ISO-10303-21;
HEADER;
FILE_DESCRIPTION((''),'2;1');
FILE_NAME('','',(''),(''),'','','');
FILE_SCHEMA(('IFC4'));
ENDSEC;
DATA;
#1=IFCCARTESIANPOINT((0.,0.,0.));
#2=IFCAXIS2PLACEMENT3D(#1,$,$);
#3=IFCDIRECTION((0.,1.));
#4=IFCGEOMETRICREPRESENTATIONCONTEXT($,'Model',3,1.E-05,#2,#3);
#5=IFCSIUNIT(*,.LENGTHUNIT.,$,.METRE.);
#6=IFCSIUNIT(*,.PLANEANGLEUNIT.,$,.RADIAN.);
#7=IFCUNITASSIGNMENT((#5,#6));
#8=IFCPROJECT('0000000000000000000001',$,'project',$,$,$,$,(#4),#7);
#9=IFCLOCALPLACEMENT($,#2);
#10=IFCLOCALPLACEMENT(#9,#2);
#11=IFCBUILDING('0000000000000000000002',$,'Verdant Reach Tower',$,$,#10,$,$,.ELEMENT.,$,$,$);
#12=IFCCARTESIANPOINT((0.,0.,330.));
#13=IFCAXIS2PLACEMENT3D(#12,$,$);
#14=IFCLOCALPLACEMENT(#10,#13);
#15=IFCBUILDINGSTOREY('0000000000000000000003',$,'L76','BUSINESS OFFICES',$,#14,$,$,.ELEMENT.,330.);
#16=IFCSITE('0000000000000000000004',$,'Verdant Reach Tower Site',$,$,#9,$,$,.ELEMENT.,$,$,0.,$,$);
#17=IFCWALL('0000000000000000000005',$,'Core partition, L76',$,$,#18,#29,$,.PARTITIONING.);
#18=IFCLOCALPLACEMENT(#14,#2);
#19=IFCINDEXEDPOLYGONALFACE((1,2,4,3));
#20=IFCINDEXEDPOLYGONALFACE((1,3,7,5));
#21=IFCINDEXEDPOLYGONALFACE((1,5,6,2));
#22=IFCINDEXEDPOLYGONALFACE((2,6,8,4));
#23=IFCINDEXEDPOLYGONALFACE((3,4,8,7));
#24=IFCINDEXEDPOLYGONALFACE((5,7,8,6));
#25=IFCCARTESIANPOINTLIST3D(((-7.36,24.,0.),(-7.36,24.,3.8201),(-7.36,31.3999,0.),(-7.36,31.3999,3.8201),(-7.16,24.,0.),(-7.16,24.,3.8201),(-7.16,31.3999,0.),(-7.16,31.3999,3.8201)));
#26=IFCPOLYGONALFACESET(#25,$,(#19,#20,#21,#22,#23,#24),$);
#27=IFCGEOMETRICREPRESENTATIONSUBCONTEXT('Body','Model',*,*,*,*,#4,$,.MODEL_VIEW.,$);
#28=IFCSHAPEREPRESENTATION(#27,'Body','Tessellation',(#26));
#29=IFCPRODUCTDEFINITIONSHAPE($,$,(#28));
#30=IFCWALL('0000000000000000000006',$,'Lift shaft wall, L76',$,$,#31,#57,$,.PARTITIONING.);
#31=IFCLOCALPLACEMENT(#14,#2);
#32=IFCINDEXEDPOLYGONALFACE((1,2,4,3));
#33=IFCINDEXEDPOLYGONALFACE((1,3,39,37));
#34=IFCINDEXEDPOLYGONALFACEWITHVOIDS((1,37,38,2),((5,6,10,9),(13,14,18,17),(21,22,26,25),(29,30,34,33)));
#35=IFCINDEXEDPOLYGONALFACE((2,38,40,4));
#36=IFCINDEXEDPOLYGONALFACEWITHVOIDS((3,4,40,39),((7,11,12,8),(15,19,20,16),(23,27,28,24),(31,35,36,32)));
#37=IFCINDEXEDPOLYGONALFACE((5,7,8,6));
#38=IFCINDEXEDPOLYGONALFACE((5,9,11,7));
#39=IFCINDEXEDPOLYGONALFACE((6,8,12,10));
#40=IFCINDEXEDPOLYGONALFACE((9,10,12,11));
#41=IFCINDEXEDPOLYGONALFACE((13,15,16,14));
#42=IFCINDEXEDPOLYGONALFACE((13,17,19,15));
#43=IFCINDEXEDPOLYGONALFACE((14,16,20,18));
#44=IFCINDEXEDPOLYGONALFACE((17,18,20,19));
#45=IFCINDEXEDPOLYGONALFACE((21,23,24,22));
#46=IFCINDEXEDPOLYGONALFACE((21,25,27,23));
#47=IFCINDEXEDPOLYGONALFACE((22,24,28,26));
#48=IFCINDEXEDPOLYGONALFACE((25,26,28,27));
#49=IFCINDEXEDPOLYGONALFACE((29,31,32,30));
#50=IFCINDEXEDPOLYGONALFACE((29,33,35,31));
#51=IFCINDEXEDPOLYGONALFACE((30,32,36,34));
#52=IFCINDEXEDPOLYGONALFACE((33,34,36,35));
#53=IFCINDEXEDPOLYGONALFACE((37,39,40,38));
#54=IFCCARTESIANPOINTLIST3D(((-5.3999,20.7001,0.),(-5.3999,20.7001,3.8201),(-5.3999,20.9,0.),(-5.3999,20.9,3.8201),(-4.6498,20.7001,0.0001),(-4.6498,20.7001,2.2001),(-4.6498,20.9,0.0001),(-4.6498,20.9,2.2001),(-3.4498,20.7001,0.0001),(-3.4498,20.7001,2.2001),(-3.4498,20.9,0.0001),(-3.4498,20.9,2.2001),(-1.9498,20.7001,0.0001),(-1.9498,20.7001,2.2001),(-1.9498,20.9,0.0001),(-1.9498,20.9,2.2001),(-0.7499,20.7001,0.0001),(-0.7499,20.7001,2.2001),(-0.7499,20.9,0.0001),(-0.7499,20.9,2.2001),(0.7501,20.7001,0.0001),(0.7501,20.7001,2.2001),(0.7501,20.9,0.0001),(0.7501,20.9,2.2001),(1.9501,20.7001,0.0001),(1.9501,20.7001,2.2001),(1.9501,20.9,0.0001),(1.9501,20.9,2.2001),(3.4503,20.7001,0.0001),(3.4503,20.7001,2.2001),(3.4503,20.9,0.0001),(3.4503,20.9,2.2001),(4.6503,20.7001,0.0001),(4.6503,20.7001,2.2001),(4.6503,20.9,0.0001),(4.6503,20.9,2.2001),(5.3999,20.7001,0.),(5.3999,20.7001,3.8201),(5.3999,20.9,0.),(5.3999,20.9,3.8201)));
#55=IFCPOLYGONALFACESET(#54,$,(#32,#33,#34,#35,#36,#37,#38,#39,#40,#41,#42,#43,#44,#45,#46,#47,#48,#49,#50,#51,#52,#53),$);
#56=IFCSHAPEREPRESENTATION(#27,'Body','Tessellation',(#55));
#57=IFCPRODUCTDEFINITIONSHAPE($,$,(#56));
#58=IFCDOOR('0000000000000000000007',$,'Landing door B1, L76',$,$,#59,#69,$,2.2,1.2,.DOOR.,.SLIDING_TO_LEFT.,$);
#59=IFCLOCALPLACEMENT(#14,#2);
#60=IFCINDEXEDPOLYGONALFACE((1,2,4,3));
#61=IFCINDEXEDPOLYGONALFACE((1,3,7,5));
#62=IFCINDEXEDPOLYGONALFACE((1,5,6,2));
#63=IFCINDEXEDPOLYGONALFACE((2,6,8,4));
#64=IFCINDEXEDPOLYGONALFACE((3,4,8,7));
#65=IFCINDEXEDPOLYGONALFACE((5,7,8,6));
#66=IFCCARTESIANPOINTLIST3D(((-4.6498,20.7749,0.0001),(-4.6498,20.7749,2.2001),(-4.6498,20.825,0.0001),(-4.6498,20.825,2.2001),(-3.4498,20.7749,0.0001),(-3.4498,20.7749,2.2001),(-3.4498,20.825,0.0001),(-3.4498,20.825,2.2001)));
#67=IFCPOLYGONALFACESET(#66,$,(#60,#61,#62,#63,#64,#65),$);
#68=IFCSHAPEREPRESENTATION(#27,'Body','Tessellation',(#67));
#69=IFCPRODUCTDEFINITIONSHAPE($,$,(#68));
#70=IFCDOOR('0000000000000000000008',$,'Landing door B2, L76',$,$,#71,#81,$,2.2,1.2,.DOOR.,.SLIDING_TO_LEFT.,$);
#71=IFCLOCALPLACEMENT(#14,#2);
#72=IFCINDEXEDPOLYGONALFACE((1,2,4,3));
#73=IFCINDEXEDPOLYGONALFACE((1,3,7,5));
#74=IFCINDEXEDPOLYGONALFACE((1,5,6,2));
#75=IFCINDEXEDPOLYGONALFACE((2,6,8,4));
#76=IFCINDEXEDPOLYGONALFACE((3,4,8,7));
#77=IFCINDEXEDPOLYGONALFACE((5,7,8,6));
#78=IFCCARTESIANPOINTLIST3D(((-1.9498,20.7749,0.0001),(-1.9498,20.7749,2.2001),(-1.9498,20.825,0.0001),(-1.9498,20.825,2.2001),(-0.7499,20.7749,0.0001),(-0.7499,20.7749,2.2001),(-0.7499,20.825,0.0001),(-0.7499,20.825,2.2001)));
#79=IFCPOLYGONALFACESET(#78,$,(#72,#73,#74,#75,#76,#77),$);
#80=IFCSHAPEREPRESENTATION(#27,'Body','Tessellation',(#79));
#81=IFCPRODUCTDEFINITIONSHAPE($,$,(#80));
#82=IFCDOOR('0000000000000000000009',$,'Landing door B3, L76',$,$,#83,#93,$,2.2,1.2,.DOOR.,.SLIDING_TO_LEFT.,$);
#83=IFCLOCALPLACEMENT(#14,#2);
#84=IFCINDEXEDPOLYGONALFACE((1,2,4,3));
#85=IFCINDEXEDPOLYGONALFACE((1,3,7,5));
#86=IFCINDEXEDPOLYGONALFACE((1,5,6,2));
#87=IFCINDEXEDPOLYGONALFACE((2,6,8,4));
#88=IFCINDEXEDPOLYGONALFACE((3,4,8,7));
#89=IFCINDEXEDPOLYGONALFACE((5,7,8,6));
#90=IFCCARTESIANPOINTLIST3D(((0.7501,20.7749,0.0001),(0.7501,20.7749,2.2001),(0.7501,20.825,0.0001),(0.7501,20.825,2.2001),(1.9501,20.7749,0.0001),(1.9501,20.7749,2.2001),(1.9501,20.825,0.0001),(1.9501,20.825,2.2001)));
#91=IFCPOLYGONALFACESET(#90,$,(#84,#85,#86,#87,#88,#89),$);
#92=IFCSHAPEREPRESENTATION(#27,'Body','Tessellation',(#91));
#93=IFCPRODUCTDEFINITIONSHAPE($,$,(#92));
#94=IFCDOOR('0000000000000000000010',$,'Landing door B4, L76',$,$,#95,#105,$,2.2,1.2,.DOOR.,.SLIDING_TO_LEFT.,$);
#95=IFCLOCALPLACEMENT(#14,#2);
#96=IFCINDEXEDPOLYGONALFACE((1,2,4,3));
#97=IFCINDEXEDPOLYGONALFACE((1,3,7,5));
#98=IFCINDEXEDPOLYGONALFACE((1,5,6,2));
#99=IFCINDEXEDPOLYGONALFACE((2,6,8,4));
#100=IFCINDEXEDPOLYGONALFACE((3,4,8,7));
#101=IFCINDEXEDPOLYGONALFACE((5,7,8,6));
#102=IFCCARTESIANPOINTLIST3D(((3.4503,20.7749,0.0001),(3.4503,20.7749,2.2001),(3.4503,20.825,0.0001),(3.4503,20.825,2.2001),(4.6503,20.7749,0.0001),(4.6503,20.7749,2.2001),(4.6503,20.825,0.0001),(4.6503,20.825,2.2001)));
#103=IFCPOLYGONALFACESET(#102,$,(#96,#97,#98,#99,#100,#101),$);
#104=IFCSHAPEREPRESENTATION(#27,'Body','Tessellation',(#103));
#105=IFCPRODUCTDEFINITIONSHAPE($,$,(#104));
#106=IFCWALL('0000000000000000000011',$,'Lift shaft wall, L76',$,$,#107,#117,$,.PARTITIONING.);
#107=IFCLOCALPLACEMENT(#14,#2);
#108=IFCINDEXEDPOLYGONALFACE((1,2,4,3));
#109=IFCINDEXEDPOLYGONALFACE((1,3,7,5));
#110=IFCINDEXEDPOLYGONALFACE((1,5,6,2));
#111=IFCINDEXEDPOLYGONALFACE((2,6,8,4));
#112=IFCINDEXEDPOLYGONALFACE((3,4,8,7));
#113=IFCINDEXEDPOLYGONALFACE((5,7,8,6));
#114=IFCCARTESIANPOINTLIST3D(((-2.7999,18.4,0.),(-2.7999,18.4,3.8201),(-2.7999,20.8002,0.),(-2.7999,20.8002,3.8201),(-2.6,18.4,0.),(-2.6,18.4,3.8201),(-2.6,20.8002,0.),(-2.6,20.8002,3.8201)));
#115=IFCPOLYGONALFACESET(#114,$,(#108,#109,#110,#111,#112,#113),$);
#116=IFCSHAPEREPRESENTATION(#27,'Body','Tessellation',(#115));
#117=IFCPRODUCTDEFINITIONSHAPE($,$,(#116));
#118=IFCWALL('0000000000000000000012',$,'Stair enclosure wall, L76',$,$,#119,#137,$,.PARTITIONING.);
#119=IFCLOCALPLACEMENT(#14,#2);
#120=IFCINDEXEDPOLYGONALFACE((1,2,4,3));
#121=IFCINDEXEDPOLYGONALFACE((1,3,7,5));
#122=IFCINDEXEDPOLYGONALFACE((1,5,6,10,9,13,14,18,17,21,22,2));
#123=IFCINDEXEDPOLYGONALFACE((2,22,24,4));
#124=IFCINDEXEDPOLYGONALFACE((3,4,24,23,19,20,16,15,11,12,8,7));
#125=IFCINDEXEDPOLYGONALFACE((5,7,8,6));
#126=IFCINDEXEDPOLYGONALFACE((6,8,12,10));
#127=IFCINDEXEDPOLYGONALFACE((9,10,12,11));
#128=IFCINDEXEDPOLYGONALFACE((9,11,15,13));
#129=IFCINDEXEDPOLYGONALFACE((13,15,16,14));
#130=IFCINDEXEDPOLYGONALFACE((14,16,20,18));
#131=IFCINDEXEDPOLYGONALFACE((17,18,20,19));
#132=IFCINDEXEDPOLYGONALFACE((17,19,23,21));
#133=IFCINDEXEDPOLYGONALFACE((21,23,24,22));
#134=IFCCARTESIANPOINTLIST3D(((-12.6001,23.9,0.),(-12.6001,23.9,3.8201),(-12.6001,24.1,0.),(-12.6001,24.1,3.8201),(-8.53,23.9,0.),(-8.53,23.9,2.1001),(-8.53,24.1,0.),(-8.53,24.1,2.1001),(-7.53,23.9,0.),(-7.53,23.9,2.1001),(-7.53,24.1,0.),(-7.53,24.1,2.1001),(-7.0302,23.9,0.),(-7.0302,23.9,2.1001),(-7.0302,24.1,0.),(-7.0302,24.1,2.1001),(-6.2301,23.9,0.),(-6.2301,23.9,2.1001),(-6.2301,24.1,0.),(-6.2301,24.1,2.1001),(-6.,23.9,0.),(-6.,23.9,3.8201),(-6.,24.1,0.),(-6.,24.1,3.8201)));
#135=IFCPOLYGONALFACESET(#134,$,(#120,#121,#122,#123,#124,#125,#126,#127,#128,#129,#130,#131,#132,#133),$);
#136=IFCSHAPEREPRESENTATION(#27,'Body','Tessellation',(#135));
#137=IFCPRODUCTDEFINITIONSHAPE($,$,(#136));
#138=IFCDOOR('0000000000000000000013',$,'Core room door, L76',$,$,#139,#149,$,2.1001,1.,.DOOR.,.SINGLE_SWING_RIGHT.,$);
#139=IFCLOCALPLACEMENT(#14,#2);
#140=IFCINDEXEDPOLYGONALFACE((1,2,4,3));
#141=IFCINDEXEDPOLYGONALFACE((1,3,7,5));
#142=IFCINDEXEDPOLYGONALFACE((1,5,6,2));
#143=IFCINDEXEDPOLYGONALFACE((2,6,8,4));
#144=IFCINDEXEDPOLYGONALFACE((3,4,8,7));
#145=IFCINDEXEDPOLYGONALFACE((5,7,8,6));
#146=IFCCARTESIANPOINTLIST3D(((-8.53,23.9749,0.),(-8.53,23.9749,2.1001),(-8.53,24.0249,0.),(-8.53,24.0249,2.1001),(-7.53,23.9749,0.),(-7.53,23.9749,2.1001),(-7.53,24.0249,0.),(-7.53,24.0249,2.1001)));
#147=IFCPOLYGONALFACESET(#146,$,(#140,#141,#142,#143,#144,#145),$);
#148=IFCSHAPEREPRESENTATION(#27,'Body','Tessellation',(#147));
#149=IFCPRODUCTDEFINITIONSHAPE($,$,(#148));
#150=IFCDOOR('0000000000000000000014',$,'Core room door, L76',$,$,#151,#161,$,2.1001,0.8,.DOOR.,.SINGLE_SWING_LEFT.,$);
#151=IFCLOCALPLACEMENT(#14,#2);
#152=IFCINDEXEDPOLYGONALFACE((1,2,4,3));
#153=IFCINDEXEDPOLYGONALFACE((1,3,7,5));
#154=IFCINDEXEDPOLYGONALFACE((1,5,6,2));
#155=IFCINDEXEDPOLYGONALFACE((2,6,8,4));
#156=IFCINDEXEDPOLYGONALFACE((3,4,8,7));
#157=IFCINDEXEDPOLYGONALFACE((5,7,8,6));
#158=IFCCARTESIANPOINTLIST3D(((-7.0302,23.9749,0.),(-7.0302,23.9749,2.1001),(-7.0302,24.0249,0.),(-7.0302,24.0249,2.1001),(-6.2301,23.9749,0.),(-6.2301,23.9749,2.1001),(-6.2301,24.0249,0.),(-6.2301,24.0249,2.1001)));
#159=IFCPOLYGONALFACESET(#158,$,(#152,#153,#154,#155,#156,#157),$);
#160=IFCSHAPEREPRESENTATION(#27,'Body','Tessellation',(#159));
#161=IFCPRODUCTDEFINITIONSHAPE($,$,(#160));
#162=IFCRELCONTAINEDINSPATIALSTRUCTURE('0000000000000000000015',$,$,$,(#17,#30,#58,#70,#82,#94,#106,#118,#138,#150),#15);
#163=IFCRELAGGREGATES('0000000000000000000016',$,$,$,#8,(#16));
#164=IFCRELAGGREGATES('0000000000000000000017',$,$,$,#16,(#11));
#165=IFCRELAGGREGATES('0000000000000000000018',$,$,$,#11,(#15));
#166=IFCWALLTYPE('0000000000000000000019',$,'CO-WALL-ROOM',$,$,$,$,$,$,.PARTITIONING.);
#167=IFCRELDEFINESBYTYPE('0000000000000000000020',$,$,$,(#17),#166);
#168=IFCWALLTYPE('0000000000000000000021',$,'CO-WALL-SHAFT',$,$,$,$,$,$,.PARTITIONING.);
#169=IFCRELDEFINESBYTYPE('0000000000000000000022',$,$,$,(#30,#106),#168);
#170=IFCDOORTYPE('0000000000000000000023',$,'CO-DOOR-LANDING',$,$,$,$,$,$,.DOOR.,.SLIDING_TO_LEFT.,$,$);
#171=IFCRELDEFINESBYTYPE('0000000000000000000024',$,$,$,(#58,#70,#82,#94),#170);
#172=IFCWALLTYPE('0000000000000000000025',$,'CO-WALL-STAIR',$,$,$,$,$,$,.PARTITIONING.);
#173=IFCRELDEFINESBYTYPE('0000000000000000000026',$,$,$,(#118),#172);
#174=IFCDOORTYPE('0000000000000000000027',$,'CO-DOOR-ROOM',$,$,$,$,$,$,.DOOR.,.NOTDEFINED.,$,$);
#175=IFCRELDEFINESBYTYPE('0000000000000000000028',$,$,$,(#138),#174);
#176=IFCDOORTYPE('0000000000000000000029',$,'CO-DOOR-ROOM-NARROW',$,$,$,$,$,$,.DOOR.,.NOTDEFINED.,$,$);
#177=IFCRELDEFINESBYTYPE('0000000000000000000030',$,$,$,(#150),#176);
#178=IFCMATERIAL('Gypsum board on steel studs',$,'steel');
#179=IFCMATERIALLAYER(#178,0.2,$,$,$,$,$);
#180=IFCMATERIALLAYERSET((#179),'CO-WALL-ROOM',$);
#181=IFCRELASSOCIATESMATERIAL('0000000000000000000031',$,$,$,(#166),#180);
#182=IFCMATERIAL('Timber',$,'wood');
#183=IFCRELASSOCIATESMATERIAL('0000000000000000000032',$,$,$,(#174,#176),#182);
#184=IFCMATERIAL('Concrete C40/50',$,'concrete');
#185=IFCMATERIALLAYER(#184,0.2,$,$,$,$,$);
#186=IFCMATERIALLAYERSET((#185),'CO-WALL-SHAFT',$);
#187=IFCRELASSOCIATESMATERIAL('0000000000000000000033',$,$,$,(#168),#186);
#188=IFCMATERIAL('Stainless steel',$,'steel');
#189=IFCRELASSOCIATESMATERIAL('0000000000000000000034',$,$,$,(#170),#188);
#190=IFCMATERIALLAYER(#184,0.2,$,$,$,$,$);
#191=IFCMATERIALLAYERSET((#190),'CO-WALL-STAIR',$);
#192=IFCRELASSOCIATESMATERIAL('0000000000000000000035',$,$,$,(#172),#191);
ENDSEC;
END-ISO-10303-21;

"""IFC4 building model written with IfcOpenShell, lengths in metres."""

from ifc_helpers import new_model, si_unit, direction, frame, frame_2d, origin, place, context, subcontext, project, spatial, rectangle, extrude, material, layer, layer_set, type_object, element, fill, save


model = new_model("IFC4")

# Units and contexts
model_context = context("Model", 3, precision=1e-05, world=origin(), true_north=direction((0.0, 1.0)))
body_context = subcontext(model_context, "Body", "Model", "MODEL_VIEW")
ifc_project = project(units=[si_unit("LENGTHUNIT", "METRE"), si_unit("PLANEANGLEUNIT", "RADIAN")], contexts=[model_context])

# Site, building, storey
site_placement = place(None, origin())
site = spatial("IfcSite", under=ifc_project, at=site_placement, Name="Verdant Reach Tower Site", CompositionType="ELEMENT", RefElevation=0.0)
building_placement = place(site_placement, origin())
building = spatial("IfcBuilding", under=site, at=building_placement, Name="Verdant Reach Tower", CompositionType="ELEMENT")
storey_placement = place(building_placement, frame((0.0, 0.0, 330.0)))
storey = spatial("IfcBuildingStorey", under=building, at=storey_placement, Name="L76", Description="BUSINESS OFFICES", CompositionType="ELEMENT", Elevation=330.0)

# Shared definitions
ifc_material_1 = material(Name="Gypsum board on steel studs", Category="steel")
ifc_layer_1 = layer(ifc_material_1, 0.2)
ifc_layer_set_1 = layer_set([ifc_layer_1], Name="CO-WALL-ROOM")
wall_type_1 = type_object("IfcWallType", Name="CO-WALL-ROOM", PredefinedType="PARTITIONING", material=ifc_layer_set_1)
ifc_material_2 = material(Name="Timber", Category="wood")
door_type_1 = type_object("IfcDoorType", Name="CO-DOOR-ROOM", OperationType="NOTDEFINED", PredefinedType="DOOR", material=ifc_material_2)

# Wall
wall_1_placement = place(storey_placement, frame((-7.26, 24.0, 0.0), z_axis=(0.0, 0.0, 1.0), x_axis=(0.0, 1.0, 0.0)))
element("IfcWall", 1, at=wall_1_placement, inside=storey, type_object=wall_type_1, Name="Core partition, L76", PredefinedType="PARTITIONING", context=body_context, shape_type="SweptSolid", body=[
    extrude(rectangle(XDim=7.3999, YDim=0.2, at=frame_2d((3.7, 0.0))), origin(), (0.0, 0.0, 1.0), 3.8201),
])

# Wall, openings, doors
ifc_material_3 = material(Name="Concrete C40/50", Category="concrete")
ifc_layer_2 = layer(ifc_material_3, 0.2)
ifc_layer_set_2 = layer_set([ifc_layer_2], Name="CO-WALL-SHAFT")
wall_type_2 = type_object("IfcWallType", Name="CO-WALL-SHAFT", PredefinedType="PARTITIONING", material=ifc_layer_set_2)
wall_2_placement = place(storey_placement, frame((-5.3999, 20.8, 0.0), z_axis=(0.0, 0.0, 1.0), x_axis=(1.0, 0.0, 0.0)))
wall_2 = element("IfcWall", 2, at=wall_2_placement, inside=storey, type_object=wall_type_2, Name="Lift shaft wall, L76", PredefinedType="PARTITIONING", context=body_context, shape_type="SweptSolid", body=[
    extrude(rectangle(XDim=10.7998, YDim=0.2, at=frame_2d((5.3999, 0.0))), origin(), (0.0, 0.0, 1.0), 3.8201),
])
opening_1_placement = place(wall_2_placement, frame((0.75, 0.0, 0.0)))
opening_1 = element("IfcOpeningElement", 3, at=opening_1_placement, cuts=wall_2, PredefinedType="OPENING", context=body_context, shape_type="SweptSolid", body=[
    extrude(rectangle(XDim=1.2, YDim=2.2, at=frame_2d((0.6001, 1.1001))), frame((0.0, 0.1099, 0.0), z_axis=(0.0, -1.0, 0.0), x_axis=(1.0, 0.0, 0.0)), (0.0, 0.0, 1.0), 0.22),
])
opening_2_placement = place(wall_2_placement, frame((3.45, 0.0, 0.0)))
opening_2 = element("IfcOpeningElement", 4, at=opening_2_placement, cuts=wall_2, PredefinedType="OPENING", context=body_context, shape_type="SweptSolid", body=[
    extrude(rectangle(XDim=1.2, YDim=2.2, at=frame_2d((0.6001, 1.1001))), frame((0.0, 0.1099, 0.0), z_axis=(0.0, -1.0, 0.0), x_axis=(1.0, 0.0, 0.0)), (0.0, 0.0, 1.0), 0.22),
])
opening_3_placement = place(wall_2_placement, frame((6.1499, 0.0, 0.0)))
opening_3 = element("IfcOpeningElement", 5, at=opening_3_placement, cuts=wall_2, PredefinedType="OPENING", context=body_context, shape_type="SweptSolid", body=[
    extrude(rectangle(XDim=1.2, YDim=2.2, at=frame_2d((0.6001, 1.1001))), frame((0.0, 0.1099, 0.0), z_axis=(0.0, -1.0, 0.0), x_axis=(1.0, 0.0, 0.0)), (0.0, 0.0, 1.0), 0.22),
])
opening_4_placement = place(wall_2_placement, frame((8.8501, 0.0, 0.0)))
opening_4 = element("IfcOpeningElement", 6, at=opening_4_placement, cuts=wall_2, PredefinedType="OPENING", context=body_context, shape_type="SweptSolid", body=[
    extrude(rectangle(XDim=1.2, YDim=2.2, at=frame_2d((0.6001, 1.1001))), frame((0.0, 0.1099, 0.0), z_axis=(0.0, -1.0, 0.0), x_axis=(1.0, 0.0, 0.0)), (0.0, 0.0, 1.0), 0.22),
])
ifc_material_4 = material(Name="Stainless steel", Category="steel")
door_type_2 = type_object("IfcDoorType", Name="CO-DOOR-LANDING", OperationType="SLIDING_TO_LEFT", PredefinedType="DOOR", material=ifc_material_4)
door_1_placement = place(opening_1_placement, origin())
door_1 = element("IfcDoor", 7, at=door_1_placement, inside=storey, type_object=door_type_2, Name="Landing door B1, L76", OperationType="SLIDING_TO_LEFT", OverallHeight=2.2, OverallWidth=1.2, PredefinedType="DOOR", context=body_context, shape_type="SweptSolid", body=[
    extrude(rectangle(XDim=1.2, YDim=2.2, at=frame_2d((0.6001, 1.1001))), frame((0.0, 0.0249, 0.0), z_axis=(0.0, -1.0, 0.0), x_axis=(1.0, 0.0, 0.0)), (0.0, 0.0, 1.0), 0.05),
])
fill(opening_1, door_1)
door_2_placement = place(opening_2_placement, origin())
door_2 = element("IfcDoor", 8, at=door_2_placement, inside=storey, type_object=door_type_2, Name="Landing door B2, L76", OperationType="SLIDING_TO_LEFT", OverallHeight=2.2, OverallWidth=1.2, PredefinedType="DOOR", context=body_context, shape_type="SweptSolid", body=[
    extrude(rectangle(XDim=1.2, YDim=2.2, at=frame_2d((0.6001, 1.1001))), frame((0.0, 0.0249, 0.0), z_axis=(0.0, -1.0, 0.0), x_axis=(1.0, 0.0, 0.0)), (0.0, 0.0, 1.0), 0.05),
])
fill(opening_2, door_2)
door_3_placement = place(opening_3_placement, origin())
door_3 = element("IfcDoor", 9, at=door_3_placement, inside=storey, type_object=door_type_2, Name="Landing door B3, L76", OperationType="SLIDING_TO_LEFT", OverallHeight=2.2, OverallWidth=1.2, PredefinedType="DOOR", context=body_context, shape_type="SweptSolid", body=[
    extrude(rectangle(XDim=1.2, YDim=2.2, at=frame_2d((0.6001, 1.1001))), frame((0.0, 0.0249, 0.0), z_axis=(0.0, -1.0, 0.0), x_axis=(1.0, 0.0, 0.0)), (0.0, 0.0, 1.0), 0.05),
])
fill(opening_3, door_3)
door_4_placement = place(opening_4_placement, origin())
door_4 = element("IfcDoor", 10, at=door_4_placement, inside=storey, type_object=door_type_2, Name="Landing door B4, L76", OperationType="SLIDING_TO_LEFT", OverallHeight=2.2, OverallWidth=1.2, PredefinedType="DOOR", context=body_context, shape_type="SweptSolid", body=[
    extrude(rectangle(XDim=1.2, YDim=2.2, at=frame_2d((0.6001, 1.1001))), frame((0.0, 0.0249, 0.0), z_axis=(0.0, -1.0, 0.0), x_axis=(1.0, 0.0, 0.0)), (0.0, 0.0, 1.0), 0.05),
])
fill(opening_4, door_4)

# Wall
wall_3_placement = place(storey_placement, frame((-2.7, 18.3999, 0.0), z_axis=(0.0, 0.0, 1.0), x_axis=(0.0, 1.0, 0.0)))
element("IfcWall", 11, at=wall_3_placement, inside=storey, type_object=wall_type_2, Name="Lift shaft wall, L76", PredefinedType="PARTITIONING", context=body_context, shape_type="SweptSolid", body=[
    extrude(rectangle(XDim=2.4001, YDim=0.2, at=frame_2d((1.2002, 0.0))), origin(), (0.0, 0.0, 1.0), 3.8201),
])

# Wall, openings, doors
ifc_layer_3 = layer(ifc_material_3, 0.2)
ifc_layer_set_3 = layer_set([ifc_layer_3], Name="CO-WALL-STAIR")
wall_type_3 = type_object("IfcWallType", Name="CO-WALL-STAIR", PredefinedType="PARTITIONING", material=ifc_layer_set_3)
wall_4_placement = place(storey_placement, frame((-12.6001, 24.0, 0.0), z_axis=(0.0, 0.0, 1.0), x_axis=(1.0, 0.0, 0.0)))
wall_4 = element("IfcWall", 12, at=wall_4_placement, inside=storey, type_object=wall_type_3, Name="Stair enclosure wall, L76", PredefinedType="PARTITIONING", context=body_context, shape_type="SweptSolid", body=[
    extrude(rectangle(XDim=6.6001, YDim=0.2, at=frame_2d((3.3, 0.0))), origin(), (0.0, 0.0, 1.0), 3.8201),
])
opening_5_placement = place(wall_4_placement, frame((4.0701, 0.0, 0.0)))
opening_5 = element("IfcOpeningElement", 13, at=opening_5_placement, cuts=wall_4, PredefinedType="OPENING", context=body_context, shape_type="SweptSolid", body=[
    extrude(rectangle(XDim=1.0, YDim=2.1001, at=frame_2d((0.5, 1.05))), frame((0.0, 0.1099, 0.0), z_axis=(0.0, -1.0, 0.0), x_axis=(1.0, 0.0, 0.0)), (0.0, 0.0, 1.0), 0.22),
])
opening_6_placement = place(wall_4_placement, frame((5.5701, 0.0, 0.0)))
opening_6 = element("IfcOpeningElement", 14, at=opening_6_placement, cuts=wall_4, PredefinedType="OPENING", context=body_context, shape_type="SweptSolid", body=[
    extrude(rectangle(XDim=0.8, YDim=2.1001, at=frame_2d((0.3999, 1.05))), frame((0.0, 0.1099, 0.0), z_axis=(0.0, -1.0, 0.0), x_axis=(1.0, 0.0, 0.0)), (0.0, 0.0, 1.0), 0.22),
])
door_5_placement = place(opening_5_placement, origin())
door_5 = element("IfcDoor", 15, at=door_5_placement, inside=storey, type_object=door_type_1, Name="Core room door, L76", OperationType="SINGLE_SWING_RIGHT", OverallHeight=2.1001, OverallWidth=1.0, PredefinedType="DOOR", context=body_context, shape_type="SweptSolid", body=[
    extrude(rectangle(XDim=1.0, YDim=2.1001, at=frame_2d((0.5, 1.05))), frame((0.0, 0.0249, 0.0), z_axis=(0.0, -1.0, 0.0), x_axis=(1.0, 0.0, 0.0)), (0.0, 0.0, 1.0), 0.05),
])
fill(opening_5, door_5)
door_type_3 = type_object("IfcDoorType", Name="CO-DOOR-ROOM-NARROW", OperationType="NOTDEFINED", PredefinedType="DOOR", material=ifc_material_2)
door_6_placement = place(opening_6_placement, origin())
door_6 = element("IfcDoor", 16, at=door_6_placement, inside=storey, type_object=door_type_3, Name="Core room door, L76", OperationType="SINGLE_SWING_LEFT", OverallHeight=2.1001, OverallWidth=0.8, PredefinedType="DOOR", context=body_context, shape_type="SweptSolid", body=[
    extrude(rectangle(XDim=0.8, YDim=2.1001, at=frame_2d((0.3999, 1.05))), frame((0.0, 0.0249, 0.0), z_axis=(0.0, -1.0, 0.0), x_axis=(1.0, 0.0, 0.0)), (0.0, 0.0, 1.0), 0.05),
])
fill(opening_6, door_6)

save(model, "model.ifc")
